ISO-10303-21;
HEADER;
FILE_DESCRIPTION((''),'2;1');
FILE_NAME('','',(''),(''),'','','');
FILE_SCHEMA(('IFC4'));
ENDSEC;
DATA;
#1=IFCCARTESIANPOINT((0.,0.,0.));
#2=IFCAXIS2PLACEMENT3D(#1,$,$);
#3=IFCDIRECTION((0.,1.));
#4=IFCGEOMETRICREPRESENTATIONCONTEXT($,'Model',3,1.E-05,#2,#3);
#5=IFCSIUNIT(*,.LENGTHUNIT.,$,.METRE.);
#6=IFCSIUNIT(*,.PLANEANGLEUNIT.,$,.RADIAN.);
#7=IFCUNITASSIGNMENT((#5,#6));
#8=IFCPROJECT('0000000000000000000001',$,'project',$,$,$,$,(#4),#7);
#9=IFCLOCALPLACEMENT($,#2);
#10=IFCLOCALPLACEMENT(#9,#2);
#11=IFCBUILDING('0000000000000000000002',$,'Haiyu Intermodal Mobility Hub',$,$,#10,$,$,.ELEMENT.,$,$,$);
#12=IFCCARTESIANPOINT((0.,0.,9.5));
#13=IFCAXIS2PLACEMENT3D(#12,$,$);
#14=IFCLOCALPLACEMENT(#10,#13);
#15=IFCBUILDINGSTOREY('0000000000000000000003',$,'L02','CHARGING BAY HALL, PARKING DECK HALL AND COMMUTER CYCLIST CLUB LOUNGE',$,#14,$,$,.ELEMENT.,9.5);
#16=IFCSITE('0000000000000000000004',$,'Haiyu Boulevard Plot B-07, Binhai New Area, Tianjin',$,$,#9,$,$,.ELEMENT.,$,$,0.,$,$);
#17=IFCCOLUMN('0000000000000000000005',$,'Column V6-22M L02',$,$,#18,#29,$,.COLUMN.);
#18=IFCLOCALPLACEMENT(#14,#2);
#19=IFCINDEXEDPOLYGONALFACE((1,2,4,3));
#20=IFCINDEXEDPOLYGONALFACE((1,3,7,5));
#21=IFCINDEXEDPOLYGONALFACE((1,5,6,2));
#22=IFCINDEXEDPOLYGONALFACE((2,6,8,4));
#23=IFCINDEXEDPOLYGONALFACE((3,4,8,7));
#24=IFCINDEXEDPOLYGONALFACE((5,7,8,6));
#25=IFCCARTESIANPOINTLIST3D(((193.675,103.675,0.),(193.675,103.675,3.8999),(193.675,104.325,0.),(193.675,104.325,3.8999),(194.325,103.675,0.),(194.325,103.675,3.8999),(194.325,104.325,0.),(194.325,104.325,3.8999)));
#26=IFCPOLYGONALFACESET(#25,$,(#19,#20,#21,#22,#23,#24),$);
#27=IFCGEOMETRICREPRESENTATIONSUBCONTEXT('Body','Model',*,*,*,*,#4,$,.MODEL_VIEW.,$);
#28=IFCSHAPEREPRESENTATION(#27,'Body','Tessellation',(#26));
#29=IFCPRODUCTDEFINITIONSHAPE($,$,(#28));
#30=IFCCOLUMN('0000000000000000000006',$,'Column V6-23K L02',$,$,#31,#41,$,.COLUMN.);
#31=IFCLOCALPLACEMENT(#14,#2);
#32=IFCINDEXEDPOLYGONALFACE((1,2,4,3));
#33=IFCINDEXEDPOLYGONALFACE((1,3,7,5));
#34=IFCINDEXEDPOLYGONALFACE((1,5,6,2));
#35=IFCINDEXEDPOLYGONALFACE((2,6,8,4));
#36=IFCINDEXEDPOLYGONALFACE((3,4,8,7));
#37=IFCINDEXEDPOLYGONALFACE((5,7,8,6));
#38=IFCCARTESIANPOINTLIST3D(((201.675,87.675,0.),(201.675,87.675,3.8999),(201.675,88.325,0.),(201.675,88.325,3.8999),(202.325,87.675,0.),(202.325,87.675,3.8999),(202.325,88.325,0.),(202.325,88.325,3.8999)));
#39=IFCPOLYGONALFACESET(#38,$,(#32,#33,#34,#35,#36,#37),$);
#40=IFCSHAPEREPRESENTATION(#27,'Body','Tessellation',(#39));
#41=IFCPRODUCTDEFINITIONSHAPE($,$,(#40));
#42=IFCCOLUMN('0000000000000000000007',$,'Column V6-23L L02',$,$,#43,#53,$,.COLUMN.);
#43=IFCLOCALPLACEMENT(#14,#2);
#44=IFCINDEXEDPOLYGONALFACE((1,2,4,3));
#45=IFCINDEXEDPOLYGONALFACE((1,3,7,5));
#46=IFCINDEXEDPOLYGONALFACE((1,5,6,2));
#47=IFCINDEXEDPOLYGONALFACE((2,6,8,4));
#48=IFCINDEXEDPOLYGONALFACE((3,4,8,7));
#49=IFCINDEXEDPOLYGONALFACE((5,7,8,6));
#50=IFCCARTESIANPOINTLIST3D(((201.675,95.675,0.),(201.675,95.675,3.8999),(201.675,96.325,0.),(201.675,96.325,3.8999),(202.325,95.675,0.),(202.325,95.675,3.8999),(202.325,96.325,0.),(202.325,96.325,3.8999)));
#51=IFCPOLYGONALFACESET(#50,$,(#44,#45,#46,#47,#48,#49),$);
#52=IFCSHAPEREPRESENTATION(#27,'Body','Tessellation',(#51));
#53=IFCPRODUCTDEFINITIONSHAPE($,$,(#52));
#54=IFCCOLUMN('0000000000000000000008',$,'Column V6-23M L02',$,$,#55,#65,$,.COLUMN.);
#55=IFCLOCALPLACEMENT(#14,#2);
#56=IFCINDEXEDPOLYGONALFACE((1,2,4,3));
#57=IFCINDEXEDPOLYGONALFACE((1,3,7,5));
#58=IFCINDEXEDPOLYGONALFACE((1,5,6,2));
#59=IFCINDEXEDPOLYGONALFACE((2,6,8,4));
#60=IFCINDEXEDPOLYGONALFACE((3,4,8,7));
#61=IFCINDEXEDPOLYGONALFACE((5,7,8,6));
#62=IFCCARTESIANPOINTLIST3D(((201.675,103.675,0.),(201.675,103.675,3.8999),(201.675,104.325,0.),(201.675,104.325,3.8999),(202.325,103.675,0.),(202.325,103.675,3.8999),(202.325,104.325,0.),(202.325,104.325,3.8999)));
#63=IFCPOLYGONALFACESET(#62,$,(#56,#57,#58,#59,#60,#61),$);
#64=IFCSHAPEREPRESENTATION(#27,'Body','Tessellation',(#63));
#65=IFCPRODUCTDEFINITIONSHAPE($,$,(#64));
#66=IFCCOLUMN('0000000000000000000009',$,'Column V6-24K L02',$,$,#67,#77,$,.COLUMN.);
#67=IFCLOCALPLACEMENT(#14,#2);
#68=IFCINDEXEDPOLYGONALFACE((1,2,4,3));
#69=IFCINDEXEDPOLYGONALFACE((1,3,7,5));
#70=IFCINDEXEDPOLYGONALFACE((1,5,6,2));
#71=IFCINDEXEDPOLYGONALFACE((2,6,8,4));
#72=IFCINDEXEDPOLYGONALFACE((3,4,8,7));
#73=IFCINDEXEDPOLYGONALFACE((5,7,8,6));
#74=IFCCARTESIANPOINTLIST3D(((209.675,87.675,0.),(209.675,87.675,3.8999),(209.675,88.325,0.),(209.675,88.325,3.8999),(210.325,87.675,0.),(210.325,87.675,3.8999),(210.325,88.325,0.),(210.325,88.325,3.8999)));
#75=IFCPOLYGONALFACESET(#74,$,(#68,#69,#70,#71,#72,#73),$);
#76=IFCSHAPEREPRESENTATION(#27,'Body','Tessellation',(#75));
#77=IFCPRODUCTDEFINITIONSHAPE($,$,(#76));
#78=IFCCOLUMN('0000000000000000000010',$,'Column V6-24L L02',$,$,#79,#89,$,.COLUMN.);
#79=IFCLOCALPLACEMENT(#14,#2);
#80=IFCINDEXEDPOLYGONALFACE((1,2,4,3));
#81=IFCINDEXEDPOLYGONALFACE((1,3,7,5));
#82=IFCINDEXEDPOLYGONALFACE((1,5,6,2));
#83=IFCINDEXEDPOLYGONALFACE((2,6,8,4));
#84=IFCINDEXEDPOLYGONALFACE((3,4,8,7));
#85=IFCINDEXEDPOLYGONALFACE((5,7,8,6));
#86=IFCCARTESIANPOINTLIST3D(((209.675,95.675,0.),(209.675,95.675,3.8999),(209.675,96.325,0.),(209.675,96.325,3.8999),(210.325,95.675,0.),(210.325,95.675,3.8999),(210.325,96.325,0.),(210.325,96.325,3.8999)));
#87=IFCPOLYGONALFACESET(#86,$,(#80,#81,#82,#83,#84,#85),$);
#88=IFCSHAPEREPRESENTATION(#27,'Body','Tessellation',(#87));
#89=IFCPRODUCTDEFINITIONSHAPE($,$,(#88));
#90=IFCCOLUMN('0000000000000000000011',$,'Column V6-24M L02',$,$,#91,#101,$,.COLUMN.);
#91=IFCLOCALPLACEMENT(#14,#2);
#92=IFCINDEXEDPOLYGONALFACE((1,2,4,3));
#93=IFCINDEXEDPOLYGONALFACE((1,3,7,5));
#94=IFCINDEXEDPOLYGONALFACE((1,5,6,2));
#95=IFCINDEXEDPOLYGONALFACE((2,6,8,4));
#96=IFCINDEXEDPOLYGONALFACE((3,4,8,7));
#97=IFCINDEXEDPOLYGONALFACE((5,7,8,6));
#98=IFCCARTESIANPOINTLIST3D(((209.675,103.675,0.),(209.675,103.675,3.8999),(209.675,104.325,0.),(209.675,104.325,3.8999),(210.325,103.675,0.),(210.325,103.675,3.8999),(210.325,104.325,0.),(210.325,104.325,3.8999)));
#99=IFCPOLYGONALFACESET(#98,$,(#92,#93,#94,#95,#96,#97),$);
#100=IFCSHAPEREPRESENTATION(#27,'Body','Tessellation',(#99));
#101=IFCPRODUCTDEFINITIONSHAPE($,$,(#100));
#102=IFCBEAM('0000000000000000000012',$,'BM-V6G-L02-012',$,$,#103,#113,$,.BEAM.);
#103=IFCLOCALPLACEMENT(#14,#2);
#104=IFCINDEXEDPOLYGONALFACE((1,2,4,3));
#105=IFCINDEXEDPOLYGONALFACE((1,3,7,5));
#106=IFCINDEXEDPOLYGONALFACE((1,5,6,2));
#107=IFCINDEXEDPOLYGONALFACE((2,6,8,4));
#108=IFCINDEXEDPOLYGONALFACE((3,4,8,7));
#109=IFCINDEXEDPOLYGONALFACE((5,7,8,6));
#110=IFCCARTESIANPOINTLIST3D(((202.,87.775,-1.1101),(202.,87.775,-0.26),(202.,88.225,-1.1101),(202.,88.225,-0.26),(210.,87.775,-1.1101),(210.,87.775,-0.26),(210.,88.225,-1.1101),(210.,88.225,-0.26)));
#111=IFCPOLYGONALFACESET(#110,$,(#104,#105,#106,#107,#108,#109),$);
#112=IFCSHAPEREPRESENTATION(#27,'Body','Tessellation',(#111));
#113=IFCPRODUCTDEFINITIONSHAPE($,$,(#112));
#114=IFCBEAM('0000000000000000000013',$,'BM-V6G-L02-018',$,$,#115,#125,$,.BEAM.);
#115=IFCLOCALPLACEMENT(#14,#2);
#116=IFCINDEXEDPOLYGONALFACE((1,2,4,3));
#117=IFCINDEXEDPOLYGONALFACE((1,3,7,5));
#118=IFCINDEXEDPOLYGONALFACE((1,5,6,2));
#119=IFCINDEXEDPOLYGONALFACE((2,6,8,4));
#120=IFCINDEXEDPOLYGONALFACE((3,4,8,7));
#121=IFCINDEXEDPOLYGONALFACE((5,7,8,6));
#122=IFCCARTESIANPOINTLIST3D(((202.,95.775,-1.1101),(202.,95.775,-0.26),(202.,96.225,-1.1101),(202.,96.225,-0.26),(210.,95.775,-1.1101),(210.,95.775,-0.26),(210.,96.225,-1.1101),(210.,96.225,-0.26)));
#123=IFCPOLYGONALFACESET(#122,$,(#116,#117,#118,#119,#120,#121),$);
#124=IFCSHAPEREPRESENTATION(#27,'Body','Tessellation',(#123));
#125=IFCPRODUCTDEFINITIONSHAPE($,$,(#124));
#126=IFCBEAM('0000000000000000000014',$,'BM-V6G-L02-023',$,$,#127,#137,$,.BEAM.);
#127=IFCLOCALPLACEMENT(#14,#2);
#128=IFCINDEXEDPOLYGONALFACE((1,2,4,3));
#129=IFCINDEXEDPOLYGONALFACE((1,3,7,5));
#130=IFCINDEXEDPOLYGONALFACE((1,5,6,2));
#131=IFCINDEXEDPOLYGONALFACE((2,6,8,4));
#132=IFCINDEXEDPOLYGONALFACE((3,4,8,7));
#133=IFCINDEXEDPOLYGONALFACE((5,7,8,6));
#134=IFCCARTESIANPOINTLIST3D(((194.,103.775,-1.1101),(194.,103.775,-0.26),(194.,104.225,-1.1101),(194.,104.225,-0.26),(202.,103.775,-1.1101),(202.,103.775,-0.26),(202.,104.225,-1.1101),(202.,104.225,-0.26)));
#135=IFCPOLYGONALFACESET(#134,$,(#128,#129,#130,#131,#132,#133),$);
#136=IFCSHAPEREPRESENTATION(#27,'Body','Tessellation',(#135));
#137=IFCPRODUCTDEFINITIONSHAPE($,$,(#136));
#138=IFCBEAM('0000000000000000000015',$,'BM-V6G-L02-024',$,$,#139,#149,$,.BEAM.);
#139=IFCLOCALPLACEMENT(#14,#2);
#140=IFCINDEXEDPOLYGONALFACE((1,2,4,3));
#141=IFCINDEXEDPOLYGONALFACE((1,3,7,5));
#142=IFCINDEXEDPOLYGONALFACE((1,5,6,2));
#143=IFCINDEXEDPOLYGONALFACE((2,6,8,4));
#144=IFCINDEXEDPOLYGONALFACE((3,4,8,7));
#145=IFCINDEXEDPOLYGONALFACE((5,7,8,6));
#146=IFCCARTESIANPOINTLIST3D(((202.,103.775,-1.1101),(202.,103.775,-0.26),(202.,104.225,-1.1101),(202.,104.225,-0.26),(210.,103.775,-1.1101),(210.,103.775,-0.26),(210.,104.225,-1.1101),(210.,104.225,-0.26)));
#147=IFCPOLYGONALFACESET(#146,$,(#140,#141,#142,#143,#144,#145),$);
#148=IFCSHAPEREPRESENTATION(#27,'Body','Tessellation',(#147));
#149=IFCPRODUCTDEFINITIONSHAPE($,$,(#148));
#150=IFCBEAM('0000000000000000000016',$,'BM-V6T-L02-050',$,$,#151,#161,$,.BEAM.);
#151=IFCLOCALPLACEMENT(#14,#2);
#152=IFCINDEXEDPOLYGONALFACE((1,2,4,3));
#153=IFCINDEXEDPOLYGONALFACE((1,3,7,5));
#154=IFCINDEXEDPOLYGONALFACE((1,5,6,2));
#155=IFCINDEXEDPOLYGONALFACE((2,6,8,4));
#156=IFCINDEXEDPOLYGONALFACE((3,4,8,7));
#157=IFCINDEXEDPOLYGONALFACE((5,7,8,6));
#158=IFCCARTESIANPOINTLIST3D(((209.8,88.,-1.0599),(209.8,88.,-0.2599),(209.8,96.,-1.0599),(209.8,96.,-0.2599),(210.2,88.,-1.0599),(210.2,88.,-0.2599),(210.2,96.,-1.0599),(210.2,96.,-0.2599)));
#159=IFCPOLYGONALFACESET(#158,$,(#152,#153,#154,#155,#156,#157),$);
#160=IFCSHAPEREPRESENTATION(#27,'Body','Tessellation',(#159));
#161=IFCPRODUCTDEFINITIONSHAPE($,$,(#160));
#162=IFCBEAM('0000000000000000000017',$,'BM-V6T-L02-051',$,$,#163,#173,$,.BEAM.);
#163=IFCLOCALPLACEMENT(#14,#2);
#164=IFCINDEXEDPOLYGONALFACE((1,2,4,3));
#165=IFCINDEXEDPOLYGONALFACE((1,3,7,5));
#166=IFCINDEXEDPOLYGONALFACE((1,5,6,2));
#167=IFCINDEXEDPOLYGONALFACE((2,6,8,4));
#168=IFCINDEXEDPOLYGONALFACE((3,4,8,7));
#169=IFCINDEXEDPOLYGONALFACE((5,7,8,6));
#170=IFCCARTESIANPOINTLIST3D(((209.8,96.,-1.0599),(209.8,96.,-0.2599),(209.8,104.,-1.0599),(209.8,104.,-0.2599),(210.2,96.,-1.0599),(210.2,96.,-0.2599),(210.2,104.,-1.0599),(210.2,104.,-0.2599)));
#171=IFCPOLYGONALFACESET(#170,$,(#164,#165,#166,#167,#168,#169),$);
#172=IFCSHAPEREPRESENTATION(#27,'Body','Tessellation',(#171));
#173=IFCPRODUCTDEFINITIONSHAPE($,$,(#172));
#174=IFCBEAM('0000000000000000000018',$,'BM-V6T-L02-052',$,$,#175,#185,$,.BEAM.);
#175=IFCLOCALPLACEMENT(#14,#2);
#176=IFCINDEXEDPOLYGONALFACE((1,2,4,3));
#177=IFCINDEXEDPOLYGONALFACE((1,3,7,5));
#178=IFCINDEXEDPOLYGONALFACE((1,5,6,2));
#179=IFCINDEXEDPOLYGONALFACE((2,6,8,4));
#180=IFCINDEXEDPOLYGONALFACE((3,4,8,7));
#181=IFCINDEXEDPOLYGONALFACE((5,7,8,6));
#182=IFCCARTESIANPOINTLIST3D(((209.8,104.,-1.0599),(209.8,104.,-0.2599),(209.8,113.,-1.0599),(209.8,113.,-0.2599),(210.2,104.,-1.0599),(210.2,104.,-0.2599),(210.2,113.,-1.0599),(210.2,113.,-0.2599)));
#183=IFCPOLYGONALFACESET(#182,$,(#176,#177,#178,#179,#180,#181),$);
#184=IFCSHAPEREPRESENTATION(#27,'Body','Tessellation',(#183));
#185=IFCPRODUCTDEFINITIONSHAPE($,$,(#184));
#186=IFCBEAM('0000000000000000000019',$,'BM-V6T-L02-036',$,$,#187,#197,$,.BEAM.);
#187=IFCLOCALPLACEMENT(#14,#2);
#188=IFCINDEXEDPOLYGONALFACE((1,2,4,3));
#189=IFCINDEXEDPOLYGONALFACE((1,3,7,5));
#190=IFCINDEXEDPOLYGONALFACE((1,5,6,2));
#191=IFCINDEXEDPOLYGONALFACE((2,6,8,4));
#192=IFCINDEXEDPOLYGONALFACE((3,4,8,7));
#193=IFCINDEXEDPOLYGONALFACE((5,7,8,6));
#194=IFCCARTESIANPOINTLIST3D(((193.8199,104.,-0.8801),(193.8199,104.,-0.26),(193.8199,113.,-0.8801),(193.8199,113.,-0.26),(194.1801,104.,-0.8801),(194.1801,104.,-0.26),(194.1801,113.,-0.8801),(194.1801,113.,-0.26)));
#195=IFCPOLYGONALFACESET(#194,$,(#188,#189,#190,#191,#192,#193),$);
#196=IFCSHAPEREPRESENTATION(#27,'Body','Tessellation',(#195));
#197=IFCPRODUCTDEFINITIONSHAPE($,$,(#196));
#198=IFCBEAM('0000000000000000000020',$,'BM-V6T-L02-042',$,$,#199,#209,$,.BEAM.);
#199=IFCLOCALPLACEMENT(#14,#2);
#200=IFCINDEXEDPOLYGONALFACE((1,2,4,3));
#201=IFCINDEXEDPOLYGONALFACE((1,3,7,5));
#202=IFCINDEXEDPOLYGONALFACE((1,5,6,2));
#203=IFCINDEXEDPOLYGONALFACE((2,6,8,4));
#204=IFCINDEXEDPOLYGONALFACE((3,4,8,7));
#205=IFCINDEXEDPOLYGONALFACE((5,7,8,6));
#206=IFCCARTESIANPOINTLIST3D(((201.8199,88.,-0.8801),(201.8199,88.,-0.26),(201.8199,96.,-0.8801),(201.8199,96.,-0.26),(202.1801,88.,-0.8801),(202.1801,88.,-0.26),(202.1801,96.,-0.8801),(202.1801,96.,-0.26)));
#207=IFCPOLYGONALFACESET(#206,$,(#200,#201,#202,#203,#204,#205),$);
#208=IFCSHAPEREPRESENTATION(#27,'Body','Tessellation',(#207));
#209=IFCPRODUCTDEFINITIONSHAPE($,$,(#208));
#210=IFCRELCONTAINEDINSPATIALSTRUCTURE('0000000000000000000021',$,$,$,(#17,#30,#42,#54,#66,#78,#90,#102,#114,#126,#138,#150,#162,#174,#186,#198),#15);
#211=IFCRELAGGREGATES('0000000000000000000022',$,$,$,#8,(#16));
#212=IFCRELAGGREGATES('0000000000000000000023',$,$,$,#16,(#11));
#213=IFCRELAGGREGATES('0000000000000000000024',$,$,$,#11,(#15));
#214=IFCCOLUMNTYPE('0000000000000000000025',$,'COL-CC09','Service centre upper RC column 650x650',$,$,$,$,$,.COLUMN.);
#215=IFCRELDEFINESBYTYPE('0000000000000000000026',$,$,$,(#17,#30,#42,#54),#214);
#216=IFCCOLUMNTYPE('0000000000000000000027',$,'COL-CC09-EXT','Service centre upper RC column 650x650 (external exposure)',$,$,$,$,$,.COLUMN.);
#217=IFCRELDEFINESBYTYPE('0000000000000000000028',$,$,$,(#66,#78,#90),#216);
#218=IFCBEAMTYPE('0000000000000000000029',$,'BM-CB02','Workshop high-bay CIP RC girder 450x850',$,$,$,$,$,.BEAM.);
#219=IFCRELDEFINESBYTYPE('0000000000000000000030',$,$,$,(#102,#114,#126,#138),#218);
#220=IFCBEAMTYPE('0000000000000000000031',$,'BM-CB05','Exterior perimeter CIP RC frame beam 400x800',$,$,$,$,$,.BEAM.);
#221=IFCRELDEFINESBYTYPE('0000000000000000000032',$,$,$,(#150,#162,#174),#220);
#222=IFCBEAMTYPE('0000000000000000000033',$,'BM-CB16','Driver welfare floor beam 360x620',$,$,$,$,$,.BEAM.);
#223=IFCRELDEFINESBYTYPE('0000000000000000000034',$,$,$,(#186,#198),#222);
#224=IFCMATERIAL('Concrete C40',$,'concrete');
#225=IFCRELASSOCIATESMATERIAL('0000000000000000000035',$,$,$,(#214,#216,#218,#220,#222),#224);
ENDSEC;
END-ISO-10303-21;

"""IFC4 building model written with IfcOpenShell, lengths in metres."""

from ifc_helpers import new_model, si_unit, direction, frame, origin, origin_2d, place, context, subcontext, project, spatial, rectangle, extrude, material, material_profile, profile_set, type_object, element, save


model = new_model("IFC4")

# Units and contexts
model_context = context("Model", 3, precision=1e-05, world=origin(), true_north=direction((0.0, 1.0)))
body_context = subcontext(model_context, "Body", "Model", "MODEL_VIEW")
ifc_project = project(units=[si_unit("LENGTHUNIT", "METRE"), si_unit("PLANEANGLEUNIT", "RADIAN")], contexts=[model_context])

# Site, building, storey
site_placement = place(None, origin())
site = spatial("IfcSite", under=ifc_project, at=site_placement, Name="Haiyu Boulevard Plot B-07, Binhai New Area, Tianjin", CompositionType="ELEMENT", RefElevation=0.0)
building_placement = place(site_placement, origin())
building = spatial("IfcBuilding", under=site, at=building_placement, Name="Haiyu Intermodal Mobility Hub", CompositionType="ELEMENT")
storey_placement = place(building_placement, frame((0.0, 0.0, 9.5)))
storey = spatial("IfcBuildingStorey", under=building, at=storey_placement, Name="L02", Description="CHARGING BAY HALL, PARKING DECK HALL AND COMMUTER CYCLIST CLUB LOUNGE", CompositionType="ELEMENT", Elevation=9.5)

# Columns
ifc_material_1 = material(Name="Concrete C40", Category="concrete")
ifc_material_profile_1 = material_profile(ifc_material_1, rectangle(XDim=0.6499, YDim=0.6499, at=origin_2d()), Name="RC650x650")
ifc_profile_set_1 = profile_set([ifc_material_profile_1], Name="Concrete C40")
column_type_1 = type_object("IfcColumnType", Name="COL-CC09", Description="Service centre upper RC column 650x650", PredefinedType="COLUMN", material=ifc_profile_set_1)
for number, where, z_axis, x_axis, name in (
    (1, (194.0, 104.0, 0.0), (0.0, 0.0, 1.0), (1.0, 0.0, 0.0), "Column V6-22M L02"),
    (2, (202.0, 88.0, 0.0), (0.0, 0.0, 1.0), (1.0, 0.0, 0.0), "Column V6-23K L02"),
    (3, (202.0, 96.0, 0.0), (0.0, 0.0, 1.0), (1.0, 0.0, 0.0), "Column V6-23L L02"),
    (4, (202.0, 104.0, 0.0), (0.0, 0.0, 1.0), (1.0, 0.0, 0.0), "Column V6-23M L02"),
):
    element("IfcColumn", number, at=place(storey_placement, frame(where, z_axis=z_axis, x_axis=x_axis)), inside=storey, type_object=column_type_1, Name=name, PredefinedType="COLUMN", context=body_context, shape_type="SweptSolid", body=[
        extrude(rectangle(XDim=0.6499, YDim=0.6499, at=origin_2d()), origin(), (0.0, 0.0, 1.0), 3.8999),
    ])
ifc_material_profile_2 = material_profile(ifc_material_1, rectangle(XDim=0.6499, YDim=0.6499, at=origin_2d()), Name="RC650x650")
ifc_profile_set_2 = profile_set([ifc_material_profile_2], Name="Concrete C40")
column_type_2 = type_object("IfcColumnType", Name="COL-CC09-EXT", Description="Service centre upper RC column 650x650 (external exposure)", PredefinedType="COLUMN", material=ifc_profile_set_2)
for number, where, z_axis, x_axis, name in (
    (5, (210.0, 88.0, 0.0), (0.0, 0.0, 1.0), (1.0, 0.0, 0.0), "Column V6-24K L02"),
    (6, (210.0, 96.0, 0.0), (0.0, 0.0, 1.0), (1.0, 0.0, 0.0), "Column V6-24L L02"),
    (7, (210.0, 104.0, 0.0), (0.0, 0.0, 1.0), (1.0, 0.0, 0.0), "Column V6-24M L02"),
):
    element("IfcColumn", number, at=place(storey_placement, frame(where, z_axis=z_axis, x_axis=x_axis)), inside=storey, type_object=column_type_2, Name=name, PredefinedType="COLUMN", context=body_context, shape_type="SweptSolid", body=[
        extrude(rectangle(XDim=0.6499, YDim=0.6499, at=origin_2d()), origin(), (0.0, 0.0, 1.0), 3.8999),
    ])

# Beams
ifc_material_profile_3 = material_profile(ifc_material_1, rectangle(XDim=0.45, YDim=0.8501, at=origin_2d()), Name="RCB450x850")
ifc_profile_set_3 = profile_set([ifc_material_profile_3], Name="Concrete C40")
beam_type_1 = type_object("IfcBeamType", Name="BM-CB02", Description="Workshop high-bay CIP RC girder 450x850", PredefinedType="BEAM", material=ifc_profile_set_3)
for number, where, z_axis, x_axis, name in (
    (8, (202.0, 88.0, -0.6851), (1.0, 0.0, 0.0), (0.0, 1.0, 0.0), "BM-V6G-L02-012"),
    (9, (202.0, 96.0, -0.6851), (1.0, 0.0, 0.0), (0.0, 1.0, 0.0), "BM-V6G-L02-018"),
    (10, (194.0, 104.0, -0.6851), (1.0, 0.0, 0.0), (0.0, 1.0, 0.0), "BM-V6G-L02-023"),
    (11, (202.0, 104.0, -0.6851), (1.0, 0.0, 0.0), (0.0, 1.0, 0.0), "BM-V6G-L02-024"),
):
    element("IfcBeam", number, at=place(storey_placement, frame(where, z_axis=z_axis, x_axis=x_axis)), inside=storey, type_object=beam_type_1, Name=name, PredefinedType="BEAM", context=body_context, shape_type="SweptSolid", body=[
        extrude(rectangle(XDim=0.45, YDim=0.8501, at=origin_2d()), origin(), (0.0, 0.0, 1.0), 8.0),
    ])
ifc_material_profile_4 = material_profile(ifc_material_1, rectangle(XDim=0.3999, YDim=0.8, at=origin_2d()), Name="RCB400x800")
ifc_profile_set_4 = profile_set([ifc_material_profile_4], Name="Concrete C40")
beam_type_2 = type_object("IfcBeamType", Name="BM-CB05", Description="Exterior perimeter CIP RC frame beam 400x800", PredefinedType="BEAM", material=ifc_profile_set_4)
for number, where, z_axis, x_axis, name in (
    (12, (210.0, 88.0, -0.6599), (0.0, 1.0, 0.0), (-1.0, 0.0, 0.0), "BM-V6T-L02-050"),
    (13, (210.0, 96.0, -0.6599), (0.0, 1.0, 0.0), (-1.0, 0.0, 0.0), "BM-V6T-L02-051"),
):
    element("IfcBeam", number, at=place(storey_placement, frame(where, z_axis=z_axis, x_axis=x_axis)), inside=storey, type_object=beam_type_2, Name=name, PredefinedType="BEAM", context=body_context, shape_type="SweptSolid", body=[
        extrude(rectangle(XDim=0.3999, YDim=0.8, at=origin_2d()), origin(), (0.0, 0.0, 1.0), 8.0),
    ])
beam_1_placement = place(storey_placement, frame((210.0, 104.0, -0.6599), z_axis=(0.0, 1.0, 0.0), x_axis=(-1.0, 0.0, 0.0)))
element("IfcBeam", 14, at=beam_1_placement, inside=storey, type_object=beam_type_2, Name="BM-V6T-L02-052", PredefinedType="BEAM", context=body_context, shape_type="SweptSolid", body=[
    extrude(rectangle(XDim=0.3999, YDim=0.8, at=origin_2d()), origin(), (0.0, 0.0, 1.0), 9.0),
])
ifc_material_profile_5 = material_profile(ifc_material_1, rectangle(XDim=0.3601, YDim=0.6201, at=origin_2d()), Name="B360x620")
ifc_profile_set_5 = profile_set([ifc_material_profile_5], Name="Concrete C40")
beam_type_3 = type_object("IfcBeamType", Name="BM-CB16", Description="Driver welfare floor beam 360x620", PredefinedType="BEAM", material=ifc_profile_set_5)
beam_2_placement = place(storey_placement, frame((194.0, 104.0, -0.5701), z_axis=(0.0, 1.0, 0.0), x_axis=(-1.0, 0.0, 0.0)))
element("IfcBeam", 15, at=beam_2_placement, inside=storey, type_object=beam_type_3, Name="BM-V6T-L02-036", PredefinedType="BEAM", context=body_context, shape_type="SweptSolid", body=[
    extrude(rectangle(XDim=0.3601, YDim=0.6201, at=origin_2d()), origin(), (0.0, 0.0, 1.0), 9.0),
])
for number, where, z_axis, x_axis, name in (
    (16, (202.0, 88.0, -0.5701), (0.0, 1.0, 0.0), (-1.0, 0.0, 0.0), "BM-V6T-L02-042"),
):
    element("IfcBeam", number, at=place(storey_placement, frame(where, z_axis=z_axis, x_axis=x_axis)), inside=storey, type_object=beam_type_3, Name=name, PredefinedType="BEAM", context=body_context, shape_type="SweptSolid", body=[
        extrude(rectangle(XDim=0.3601, YDim=0.6201, at=origin_2d()), origin(), (0.0, 0.0, 1.0), 8.0),
    ])

save(model, "model.ifc")
